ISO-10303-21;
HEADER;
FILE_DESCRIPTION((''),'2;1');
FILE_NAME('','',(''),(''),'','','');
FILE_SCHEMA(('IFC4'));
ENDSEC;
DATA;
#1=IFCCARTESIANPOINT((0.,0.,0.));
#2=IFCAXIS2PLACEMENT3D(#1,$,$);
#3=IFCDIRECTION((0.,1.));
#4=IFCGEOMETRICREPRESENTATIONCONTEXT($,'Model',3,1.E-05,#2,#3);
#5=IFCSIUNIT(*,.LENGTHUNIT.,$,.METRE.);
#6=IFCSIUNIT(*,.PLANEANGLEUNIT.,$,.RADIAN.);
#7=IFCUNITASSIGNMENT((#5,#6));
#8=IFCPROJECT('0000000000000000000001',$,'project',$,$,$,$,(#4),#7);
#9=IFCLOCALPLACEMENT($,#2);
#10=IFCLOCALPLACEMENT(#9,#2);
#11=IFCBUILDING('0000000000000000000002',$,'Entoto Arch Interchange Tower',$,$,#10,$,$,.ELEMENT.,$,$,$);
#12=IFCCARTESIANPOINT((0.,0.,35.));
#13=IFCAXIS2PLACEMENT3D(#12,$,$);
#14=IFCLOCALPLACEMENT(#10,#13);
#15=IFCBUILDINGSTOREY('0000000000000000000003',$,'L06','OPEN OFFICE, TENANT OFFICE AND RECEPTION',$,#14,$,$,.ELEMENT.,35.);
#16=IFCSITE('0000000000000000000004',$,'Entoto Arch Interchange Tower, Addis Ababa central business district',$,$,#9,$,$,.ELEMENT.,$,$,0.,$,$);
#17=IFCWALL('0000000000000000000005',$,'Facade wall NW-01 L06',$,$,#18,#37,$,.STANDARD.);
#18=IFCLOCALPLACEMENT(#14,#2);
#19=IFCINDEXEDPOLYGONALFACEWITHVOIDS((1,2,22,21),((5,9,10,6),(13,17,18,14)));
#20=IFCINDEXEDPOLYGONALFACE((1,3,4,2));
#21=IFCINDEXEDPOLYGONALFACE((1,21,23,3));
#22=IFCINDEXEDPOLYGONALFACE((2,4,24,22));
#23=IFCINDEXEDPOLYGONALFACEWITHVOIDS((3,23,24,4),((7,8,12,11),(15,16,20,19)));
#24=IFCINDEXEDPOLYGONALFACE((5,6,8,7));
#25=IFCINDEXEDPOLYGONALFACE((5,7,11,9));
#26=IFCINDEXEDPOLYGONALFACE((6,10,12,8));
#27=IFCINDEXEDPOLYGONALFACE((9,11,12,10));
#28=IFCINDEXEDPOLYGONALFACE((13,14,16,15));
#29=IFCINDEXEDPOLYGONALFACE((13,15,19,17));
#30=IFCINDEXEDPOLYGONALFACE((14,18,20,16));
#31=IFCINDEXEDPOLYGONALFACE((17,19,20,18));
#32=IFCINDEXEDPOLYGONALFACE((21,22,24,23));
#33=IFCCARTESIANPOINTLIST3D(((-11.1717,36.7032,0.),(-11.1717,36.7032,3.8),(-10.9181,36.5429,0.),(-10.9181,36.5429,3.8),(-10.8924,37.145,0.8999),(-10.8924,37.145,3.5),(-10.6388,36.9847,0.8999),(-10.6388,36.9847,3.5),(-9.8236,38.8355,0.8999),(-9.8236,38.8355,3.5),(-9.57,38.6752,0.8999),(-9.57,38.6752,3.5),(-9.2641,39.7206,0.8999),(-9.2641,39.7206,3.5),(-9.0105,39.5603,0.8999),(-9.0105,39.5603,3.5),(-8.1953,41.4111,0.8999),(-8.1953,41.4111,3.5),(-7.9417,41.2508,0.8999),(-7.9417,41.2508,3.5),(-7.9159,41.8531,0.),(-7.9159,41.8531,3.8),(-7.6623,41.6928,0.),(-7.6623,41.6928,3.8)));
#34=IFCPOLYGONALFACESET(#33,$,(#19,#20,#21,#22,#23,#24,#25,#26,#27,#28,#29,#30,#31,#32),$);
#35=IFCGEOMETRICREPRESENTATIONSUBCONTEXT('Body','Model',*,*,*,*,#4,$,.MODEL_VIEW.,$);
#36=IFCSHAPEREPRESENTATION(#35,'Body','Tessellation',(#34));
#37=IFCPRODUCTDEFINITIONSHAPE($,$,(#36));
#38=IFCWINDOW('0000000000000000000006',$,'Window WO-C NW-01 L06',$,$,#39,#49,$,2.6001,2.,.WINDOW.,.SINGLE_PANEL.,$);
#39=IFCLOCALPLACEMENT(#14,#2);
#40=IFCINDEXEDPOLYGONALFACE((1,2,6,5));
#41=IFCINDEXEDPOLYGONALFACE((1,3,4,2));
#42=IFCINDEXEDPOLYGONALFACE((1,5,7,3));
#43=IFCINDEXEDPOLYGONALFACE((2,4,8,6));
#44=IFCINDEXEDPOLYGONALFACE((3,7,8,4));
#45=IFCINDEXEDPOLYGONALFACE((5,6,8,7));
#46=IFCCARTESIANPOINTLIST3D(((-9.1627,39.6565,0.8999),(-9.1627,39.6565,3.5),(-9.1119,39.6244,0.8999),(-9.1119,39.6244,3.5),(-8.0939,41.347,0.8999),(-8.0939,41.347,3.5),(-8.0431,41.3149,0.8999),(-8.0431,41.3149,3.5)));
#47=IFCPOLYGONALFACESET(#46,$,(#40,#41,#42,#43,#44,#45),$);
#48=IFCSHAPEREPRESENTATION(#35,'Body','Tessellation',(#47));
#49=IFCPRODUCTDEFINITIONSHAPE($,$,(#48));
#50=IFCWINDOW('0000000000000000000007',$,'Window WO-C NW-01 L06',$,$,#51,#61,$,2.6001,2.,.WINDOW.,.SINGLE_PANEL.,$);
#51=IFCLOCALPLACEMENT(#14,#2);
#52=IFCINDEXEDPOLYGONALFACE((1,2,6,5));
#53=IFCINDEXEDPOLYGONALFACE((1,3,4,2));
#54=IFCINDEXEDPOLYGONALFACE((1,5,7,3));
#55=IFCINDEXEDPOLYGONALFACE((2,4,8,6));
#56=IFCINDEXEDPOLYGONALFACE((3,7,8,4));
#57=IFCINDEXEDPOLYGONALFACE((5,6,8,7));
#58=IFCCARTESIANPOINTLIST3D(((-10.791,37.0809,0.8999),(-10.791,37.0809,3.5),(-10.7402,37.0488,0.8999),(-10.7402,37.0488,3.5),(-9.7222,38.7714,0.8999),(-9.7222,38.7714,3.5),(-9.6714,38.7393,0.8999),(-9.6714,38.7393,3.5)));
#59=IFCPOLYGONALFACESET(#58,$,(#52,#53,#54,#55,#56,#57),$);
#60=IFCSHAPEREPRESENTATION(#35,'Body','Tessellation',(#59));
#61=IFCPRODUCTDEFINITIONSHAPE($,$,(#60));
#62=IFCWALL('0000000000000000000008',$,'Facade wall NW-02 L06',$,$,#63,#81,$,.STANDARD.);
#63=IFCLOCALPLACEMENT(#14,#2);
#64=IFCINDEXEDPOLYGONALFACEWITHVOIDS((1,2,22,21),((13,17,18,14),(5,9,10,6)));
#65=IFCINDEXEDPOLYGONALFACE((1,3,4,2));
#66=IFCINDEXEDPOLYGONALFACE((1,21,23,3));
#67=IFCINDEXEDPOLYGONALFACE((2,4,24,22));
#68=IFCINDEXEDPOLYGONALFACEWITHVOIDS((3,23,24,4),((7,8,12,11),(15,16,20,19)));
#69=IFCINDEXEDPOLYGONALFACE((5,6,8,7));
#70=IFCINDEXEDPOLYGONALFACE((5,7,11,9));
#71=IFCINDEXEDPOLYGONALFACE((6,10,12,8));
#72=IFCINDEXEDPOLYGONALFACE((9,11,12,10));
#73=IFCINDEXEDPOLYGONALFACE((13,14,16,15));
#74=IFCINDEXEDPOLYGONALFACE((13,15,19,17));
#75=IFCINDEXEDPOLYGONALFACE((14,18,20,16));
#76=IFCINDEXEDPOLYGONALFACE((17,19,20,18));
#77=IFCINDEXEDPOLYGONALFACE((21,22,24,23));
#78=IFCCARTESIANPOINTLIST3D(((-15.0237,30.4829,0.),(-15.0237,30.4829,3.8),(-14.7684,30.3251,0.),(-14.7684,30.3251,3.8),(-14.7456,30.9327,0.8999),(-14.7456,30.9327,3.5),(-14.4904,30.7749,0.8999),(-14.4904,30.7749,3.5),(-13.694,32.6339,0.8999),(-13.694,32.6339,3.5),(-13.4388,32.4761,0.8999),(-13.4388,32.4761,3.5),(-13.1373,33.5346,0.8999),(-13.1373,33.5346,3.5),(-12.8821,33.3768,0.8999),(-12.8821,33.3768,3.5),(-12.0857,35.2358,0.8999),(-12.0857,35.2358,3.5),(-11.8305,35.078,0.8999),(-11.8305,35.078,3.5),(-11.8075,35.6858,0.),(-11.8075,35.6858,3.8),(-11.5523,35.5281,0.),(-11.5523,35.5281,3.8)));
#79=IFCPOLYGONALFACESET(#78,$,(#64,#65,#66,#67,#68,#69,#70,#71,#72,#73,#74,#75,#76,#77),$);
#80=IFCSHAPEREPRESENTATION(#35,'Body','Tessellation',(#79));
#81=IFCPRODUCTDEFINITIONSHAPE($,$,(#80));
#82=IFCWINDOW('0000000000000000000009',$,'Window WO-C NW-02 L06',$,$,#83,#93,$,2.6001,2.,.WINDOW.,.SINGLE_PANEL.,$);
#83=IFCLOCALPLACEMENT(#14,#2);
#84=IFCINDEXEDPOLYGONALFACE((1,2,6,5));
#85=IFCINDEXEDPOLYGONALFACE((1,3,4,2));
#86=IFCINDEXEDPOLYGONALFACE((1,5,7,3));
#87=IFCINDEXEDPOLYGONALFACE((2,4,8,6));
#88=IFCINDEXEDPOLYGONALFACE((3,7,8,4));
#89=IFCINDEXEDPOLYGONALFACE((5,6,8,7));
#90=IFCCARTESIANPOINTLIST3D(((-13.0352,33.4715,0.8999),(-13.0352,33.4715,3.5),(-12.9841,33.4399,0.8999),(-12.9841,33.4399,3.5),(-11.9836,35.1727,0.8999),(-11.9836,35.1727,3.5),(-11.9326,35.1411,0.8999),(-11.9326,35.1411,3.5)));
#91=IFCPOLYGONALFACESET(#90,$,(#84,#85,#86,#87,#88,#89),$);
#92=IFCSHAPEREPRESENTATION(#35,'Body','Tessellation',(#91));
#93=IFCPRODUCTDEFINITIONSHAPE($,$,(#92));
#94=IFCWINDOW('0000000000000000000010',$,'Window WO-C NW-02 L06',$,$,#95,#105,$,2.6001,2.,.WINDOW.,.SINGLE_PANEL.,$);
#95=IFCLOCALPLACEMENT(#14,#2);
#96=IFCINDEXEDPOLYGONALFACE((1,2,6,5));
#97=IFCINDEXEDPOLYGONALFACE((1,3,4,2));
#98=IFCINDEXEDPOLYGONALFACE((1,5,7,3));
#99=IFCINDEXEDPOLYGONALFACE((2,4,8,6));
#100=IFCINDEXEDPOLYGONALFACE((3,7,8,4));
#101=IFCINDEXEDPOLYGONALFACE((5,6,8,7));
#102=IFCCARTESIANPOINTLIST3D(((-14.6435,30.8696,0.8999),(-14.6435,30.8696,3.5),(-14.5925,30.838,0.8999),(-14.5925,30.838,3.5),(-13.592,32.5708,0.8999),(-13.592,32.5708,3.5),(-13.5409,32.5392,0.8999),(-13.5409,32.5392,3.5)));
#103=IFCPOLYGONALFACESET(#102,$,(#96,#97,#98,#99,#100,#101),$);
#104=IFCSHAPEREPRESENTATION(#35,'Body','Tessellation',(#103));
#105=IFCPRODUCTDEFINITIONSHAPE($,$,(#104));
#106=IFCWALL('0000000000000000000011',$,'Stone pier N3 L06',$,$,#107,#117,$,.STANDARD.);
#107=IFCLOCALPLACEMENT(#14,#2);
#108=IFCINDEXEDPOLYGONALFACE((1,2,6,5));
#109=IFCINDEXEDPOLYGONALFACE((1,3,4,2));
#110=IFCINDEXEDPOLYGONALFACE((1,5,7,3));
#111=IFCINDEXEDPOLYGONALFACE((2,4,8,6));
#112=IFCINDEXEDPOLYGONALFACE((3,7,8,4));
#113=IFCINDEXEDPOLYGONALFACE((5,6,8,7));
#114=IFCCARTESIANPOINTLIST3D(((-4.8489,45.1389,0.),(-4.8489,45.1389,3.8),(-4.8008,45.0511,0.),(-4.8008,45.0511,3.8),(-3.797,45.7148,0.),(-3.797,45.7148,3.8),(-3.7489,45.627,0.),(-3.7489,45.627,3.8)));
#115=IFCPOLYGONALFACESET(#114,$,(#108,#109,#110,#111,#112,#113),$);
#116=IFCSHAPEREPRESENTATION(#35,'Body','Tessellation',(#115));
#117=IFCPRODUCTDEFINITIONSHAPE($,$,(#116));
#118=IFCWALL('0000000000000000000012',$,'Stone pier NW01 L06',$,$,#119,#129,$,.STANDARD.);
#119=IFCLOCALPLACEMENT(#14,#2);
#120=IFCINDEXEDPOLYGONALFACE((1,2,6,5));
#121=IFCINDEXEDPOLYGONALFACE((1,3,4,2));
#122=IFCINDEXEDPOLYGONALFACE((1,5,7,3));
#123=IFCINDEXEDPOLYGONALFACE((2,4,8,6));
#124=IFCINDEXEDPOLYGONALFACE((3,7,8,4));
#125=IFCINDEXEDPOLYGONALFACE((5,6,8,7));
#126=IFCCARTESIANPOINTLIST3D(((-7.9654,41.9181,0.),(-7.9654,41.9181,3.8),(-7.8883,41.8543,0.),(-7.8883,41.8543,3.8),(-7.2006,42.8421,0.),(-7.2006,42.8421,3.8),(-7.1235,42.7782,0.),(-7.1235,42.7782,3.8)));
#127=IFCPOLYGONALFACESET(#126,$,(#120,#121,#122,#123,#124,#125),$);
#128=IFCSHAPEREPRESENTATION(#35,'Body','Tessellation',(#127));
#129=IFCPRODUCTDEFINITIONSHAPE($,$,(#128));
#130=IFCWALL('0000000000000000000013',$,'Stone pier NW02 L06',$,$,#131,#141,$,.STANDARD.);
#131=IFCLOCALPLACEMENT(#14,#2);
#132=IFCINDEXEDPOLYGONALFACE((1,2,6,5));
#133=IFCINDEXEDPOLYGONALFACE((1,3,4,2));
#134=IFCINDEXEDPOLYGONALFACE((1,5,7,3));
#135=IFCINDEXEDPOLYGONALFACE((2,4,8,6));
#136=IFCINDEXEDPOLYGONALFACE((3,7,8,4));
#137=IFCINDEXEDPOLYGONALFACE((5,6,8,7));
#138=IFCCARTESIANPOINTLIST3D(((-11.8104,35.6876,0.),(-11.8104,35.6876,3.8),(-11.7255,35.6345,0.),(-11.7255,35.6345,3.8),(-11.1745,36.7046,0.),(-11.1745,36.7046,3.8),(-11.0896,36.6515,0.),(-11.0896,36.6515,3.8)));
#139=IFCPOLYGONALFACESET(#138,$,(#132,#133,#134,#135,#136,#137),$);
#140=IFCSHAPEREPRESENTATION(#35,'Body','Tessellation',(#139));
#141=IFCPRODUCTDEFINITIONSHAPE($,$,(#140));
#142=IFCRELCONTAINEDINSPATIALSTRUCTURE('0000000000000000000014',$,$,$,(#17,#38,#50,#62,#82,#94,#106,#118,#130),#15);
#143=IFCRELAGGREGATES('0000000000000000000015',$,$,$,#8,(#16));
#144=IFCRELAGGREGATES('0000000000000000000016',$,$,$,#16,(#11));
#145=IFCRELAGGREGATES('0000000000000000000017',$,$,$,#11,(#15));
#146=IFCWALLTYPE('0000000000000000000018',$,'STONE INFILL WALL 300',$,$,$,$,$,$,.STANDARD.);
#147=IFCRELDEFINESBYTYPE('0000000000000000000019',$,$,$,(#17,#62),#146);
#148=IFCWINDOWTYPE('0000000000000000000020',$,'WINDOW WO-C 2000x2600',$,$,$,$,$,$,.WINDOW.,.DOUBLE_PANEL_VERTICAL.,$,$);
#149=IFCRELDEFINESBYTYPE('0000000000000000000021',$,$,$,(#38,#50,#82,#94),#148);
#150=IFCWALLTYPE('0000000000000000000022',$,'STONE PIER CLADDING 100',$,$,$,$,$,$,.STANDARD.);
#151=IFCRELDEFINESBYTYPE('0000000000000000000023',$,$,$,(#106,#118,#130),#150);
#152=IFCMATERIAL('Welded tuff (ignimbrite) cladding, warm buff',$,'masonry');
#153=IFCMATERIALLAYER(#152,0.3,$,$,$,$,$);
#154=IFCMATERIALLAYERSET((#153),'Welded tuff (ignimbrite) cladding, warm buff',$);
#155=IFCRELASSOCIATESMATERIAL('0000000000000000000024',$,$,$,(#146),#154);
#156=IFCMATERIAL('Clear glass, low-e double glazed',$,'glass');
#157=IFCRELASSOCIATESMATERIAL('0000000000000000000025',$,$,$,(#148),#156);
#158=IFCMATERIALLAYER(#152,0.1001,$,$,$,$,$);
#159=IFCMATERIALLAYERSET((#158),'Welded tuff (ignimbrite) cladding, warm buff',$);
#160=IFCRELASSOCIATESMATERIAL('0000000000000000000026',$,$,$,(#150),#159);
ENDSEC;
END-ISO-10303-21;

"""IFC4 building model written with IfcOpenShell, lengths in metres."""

from ifc_helpers import new_model, si_unit, direction, frame, frame_2d, origin, place, context, subcontext, project, spatial, rectangle, extrude, material, layer, layer_set, type_object, element, fill, save


model = new_model("IFC4")

# Units and contexts
model_context = context("Model", 3, precision=1e-05, world=origin(), true_north=direction((0.0, 1.0)))
body_context = subcontext(model_context, "Body", "Model", "MODEL_VIEW")
ifc_project = project(units=[si_unit("LENGTHUNIT", "METRE"), si_unit("PLANEANGLEUNIT", "RADIAN")], contexts=[model_context])

# Site, building, storey
site_placement = place(None, origin())
site = spatial("IfcSite", under=ifc_project, at=site_placement, Name="Entoto Arch Interchange Tower, Addis Ababa central business district", CompositionType="ELEMENT", RefElevation=0.0)
building_placement = place(site_placement, origin())
building = spatial("IfcBuilding", under=site, at=building_placement, Name="Entoto Arch Interchange Tower", CompositionType="ELEMENT")
storey_placement = place(building_placement, frame((0.0, 0.0, 35.0)))
storey = spatial("IfcBuildingStorey", under=building, at=storey_placement, Name="L06", Description="OPEN OFFICE, TENANT OFFICE AND RECEPTION", CompositionType="ELEMENT", Elevation=35.0)

# Shared definitions
ifc_material_1 = material(Name="Welded tuff (ignimbrite) cladding, warm buff", Category="masonry")
ifc_layer_1 = layer(ifc_material_1, 0.3)
ifc_layer_set_1 = layer_set([ifc_layer_1], Name="Welded tuff (ignimbrite) cladding, warm buff")
wall_type_1 = type_object("IfcWallType", Name="STONE INFILL WALL 300", PredefinedType="STANDARD", material=ifc_layer_set_1)
ifc_material_2 = material(Name="Clear glass, low-e double glazed", Category="glass")

# Walls, openings, windows
wall_1_placement = place(storey_placement, frame((-7.7891, 41.7729, 0.0), z_axis=(0.0, 0.0, 1.0), x_axis=(-0.534379, -0.845245, 0.0)))
wall_1 = element("IfcWall", 1, at=wall_1_placement, inside=storey, type_object=wall_type_1, Name="Facade wall NW-01 L06", PredefinedType="STANDARD", context=body_context, shape_type="SweptSolid", body=[
    extrude(rectangle(XDim=6.0928, YDim=0.3, at=frame_2d((3.0464, 0.0))), origin(), (0.0, 0.0, 1.0), 3.8),
])
opening_1_placement = place(wall_1_placement, frame((0.5229, 0.0, 0.8999)))
opening_1 = element("IfcOpeningElement", 2, at=opening_1_placement, cuts=wall_1, PredefinedType="OPENING", context=body_context, shape_type="SweptSolid", body=[
    extrude(rectangle(XDim=2.0, YDim=2.6001, at=frame_2d((1.0, 1.3))), frame((0.0, 0.1602, 0.0), z_axis=(0.0, -1.0, 0.0), x_axis=(1.0, 0.0, 0.0)), (0.0, 0.0, 1.0), 0.3201),
])
opening_2_placement = place(wall_1_placement, frame((3.5701, 0.0, 0.8999)))
opening_2 = element("IfcOpeningElement", 3, at=opening_2_placement, cuts=wall_1, PredefinedType="OPENING", context=body_context, shape_type="SweptSolid", body=[
    extrude(rectangle(XDim=2.0, YDim=2.6001, at=frame_2d((1.0, 1.3))), frame((0.0, 0.1602, 0.0), z_axis=(0.0, -1.0, 0.0), x_axis=(1.0, 0.0, 0.0)), (0.0, 0.0, 1.0), 0.3201),
])
window_type_1 = type_object("IfcWindowType", Name="WINDOW WO-C 2000x2600", PartitioningType="DOUBLE_PANEL_VERTICAL", PredefinedType="WINDOW", material=ifc_material_2)
window_1_placement = place(opening_1_placement, origin())
window_1 = element("IfcWindow", 4, at=window_1_placement, inside=storey, type_object=window_type_1, Name="Window WO-C NW-01 L06", OverallHeight=2.6001, OverallWidth=2.0, PartitioningType="SINGLE_PANEL", PredefinedType="WINDOW", context=body_context, shape_type="SweptSolid", body=[
    extrude(rectangle(XDim=2.0, YDim=2.6001, at=frame_2d((1.0, 1.3))), frame((0.0, 0.03, 0.0), z_axis=(0.0, -1.0, 0.0), x_axis=(1.0, 0.0, 0.0)), (0.0, 0.0, 1.0), 0.0601),
])
fill(opening_1, window_1)
window_2_placement = place(opening_2_placement, origin())
window_2 = element("IfcWindow", 5, at=window_2_placement, inside=storey, type_object=window_type_1, Name="Window WO-C NW-01 L06", OverallHeight=2.6001, OverallWidth=2.0, PartitioningType="SINGLE_PANEL", PredefinedType="WINDOW", context=body_context, shape_type="SweptSolid", body=[
    extrude(rectangle(XDim=2.0, YDim=2.6001, at=frame_2d((1.0, 1.3))), frame((0.0, 0.03, 0.0), z_axis=(0.0, -1.0, 0.0), x_axis=(1.0, 0.0, 0.0)), (0.0, 0.0, 1.0), 0.0601),
])
fill(opening_2, window_2)
wall_2_placement = place(storey_placement, frame((-11.6799, 35.6069, 0.0), z_axis=(0.0, 0.0, 1.0), x_axis=(-0.525791, -0.850614, 0.0)))
wall_2 = element("IfcWall", 6, at=wall_2_placement, inside=storey, type_object=wall_type_1, Name="Facade wall NW-02 L06", PredefinedType="STANDARD", context=body_context, shape_type="SweptSolid", body=[
    extrude(rectangle(XDim=6.1167, YDim=0.3, at=frame_2d((3.0583, 0.0))), origin(), (0.0, 0.0, 1.0), 3.8),
])
opening_3_placement = place(wall_2_placement, frame((0.5291, 0.0, 0.8999)))
opening_3 = element("IfcOpeningElement", 7, at=opening_3_placement, cuts=wall_2, PredefinedType="OPENING", context=body_context, shape_type="SweptSolid", body=[
    extrude(rectangle(XDim=2.0, YDim=2.6001, at=frame_2d((1.0, 1.3))), frame((0.0, 0.1602, 0.0), z_axis=(0.0, -1.0, 0.0), x_axis=(1.0, 0.0, 0.0)), (0.0, 0.0, 1.0), 0.3201),
])
opening_4_placement = place(wall_2_placement, frame((3.5879, 0.0, 0.8999)))
opening_4 = element("IfcOpeningElement", 8, at=opening_4_placement, cuts=wall_2, PredefinedType="OPENING", context=body_context, shape_type="SweptSolid", body=[
    extrude(rectangle(XDim=2.0, YDim=2.6001, at=frame_2d((1.0, 1.3))), frame((0.0, 0.1602, 0.0), z_axis=(0.0, -1.0, 0.0), x_axis=(1.0, 0.0, 0.0)), (0.0, 0.0, 1.0), 0.3201),
])
window_3_placement = place(opening_3_placement, origin())
window_3 = element("IfcWindow", 9, at=window_3_placement, inside=storey, type_object=window_type_1, Name="Window WO-C NW-02 L06", OverallHeight=2.6001, OverallWidth=2.0, PartitioningType="SINGLE_PANEL", PredefinedType="WINDOW", context=body_context, shape_type="SweptSolid", body=[
    extrude(rectangle(XDim=2.0, YDim=2.6001, at=frame_2d((1.0, 1.3))), frame((0.0, 0.03, 0.0), z_axis=(0.0, -1.0, 0.0), x_axis=(1.0, 0.0, 0.0)), (0.0, 0.0, 1.0), 0.0601),
])
fill(opening_3, window_3)
window_4_placement = place(opening_4_placement, origin())
window_4 = element("IfcWindow", 10, at=window_4_placement, inside=storey, type_object=window_type_1, Name="Window WO-C NW-02 L06", OverallHeight=2.6001, OverallWidth=2.0, PartitioningType="SINGLE_PANEL", PredefinedType="WINDOW", context=body_context, shape_type="SweptSolid", body=[
    extrude(rectangle(XDim=2.0, YDim=2.6001, at=frame_2d((1.0, 1.3))), frame((0.0, 0.03, 0.0), z_axis=(0.0, -1.0, 0.0), x_axis=(1.0, 0.0, 0.0)), (0.0, 0.0, 1.0), 0.0601),
])
fill(opening_4, window_4)

# Walls
ifc_layer_2 = layer(ifc_material_1, 0.1001)
ifc_layer_set_2 = layer_set([ifc_layer_2], Name="Welded tuff (ignimbrite) cladding, warm buff")
wall_type_2 = type_object("IfcWallType", Name="STONE PIER CLADDING 100", PredefinedType="STANDARD", material=ifc_layer_set_2)
wall_3_placement = place(storey_placement, frame((-3.7729, 45.6709, 0.0), z_axis=(0.0, 0.0, 1.0), x_axis=(-0.877155, -0.480206, 0.0)))
element("IfcWall", 11, at=wall_3_placement, inside=storey, type_object=wall_type_2, Name="Stone pier N3 L06", PredefinedType="STANDARD", context=body_context, shape_type="SweptSolid", body=[
    extrude(rectangle(XDim=1.1992, YDim=0.1001, at=frame_2d((0.5996, 0.0))), origin(), (0.0, 0.0, 1.0), 3.8),
])
for number, where, z_axis, x_axis, name in (
    (12, (-7.1621, 42.8101, 0.0), (0.0, 0.0, 1.0), (-0.637639, -0.770336, 0.0), "Stone pier NW01 L06"),
    (13, (-11.1321, 36.678, 0.0), (0.0, 0.0, 1.0), (-0.530182, -0.847884, 0.0), "Stone pier NW02 L06"),
):
    element("IfcWall", number, at=place(storey_placement, frame(where, z_axis=z_axis, x_axis=x_axis)), inside=storey, type_object=wall_type_2, Name=name, PredefinedType="STANDARD", context=body_context, shape_type="SweptSolid", body=[
        extrude(rectangle(XDim=1.1995, YDim=0.1001, at=frame_2d((0.5996, 0.0))), origin(), (0.0, 0.0, 1.0), 3.8),
    ])

save(model, "model.ifc")
